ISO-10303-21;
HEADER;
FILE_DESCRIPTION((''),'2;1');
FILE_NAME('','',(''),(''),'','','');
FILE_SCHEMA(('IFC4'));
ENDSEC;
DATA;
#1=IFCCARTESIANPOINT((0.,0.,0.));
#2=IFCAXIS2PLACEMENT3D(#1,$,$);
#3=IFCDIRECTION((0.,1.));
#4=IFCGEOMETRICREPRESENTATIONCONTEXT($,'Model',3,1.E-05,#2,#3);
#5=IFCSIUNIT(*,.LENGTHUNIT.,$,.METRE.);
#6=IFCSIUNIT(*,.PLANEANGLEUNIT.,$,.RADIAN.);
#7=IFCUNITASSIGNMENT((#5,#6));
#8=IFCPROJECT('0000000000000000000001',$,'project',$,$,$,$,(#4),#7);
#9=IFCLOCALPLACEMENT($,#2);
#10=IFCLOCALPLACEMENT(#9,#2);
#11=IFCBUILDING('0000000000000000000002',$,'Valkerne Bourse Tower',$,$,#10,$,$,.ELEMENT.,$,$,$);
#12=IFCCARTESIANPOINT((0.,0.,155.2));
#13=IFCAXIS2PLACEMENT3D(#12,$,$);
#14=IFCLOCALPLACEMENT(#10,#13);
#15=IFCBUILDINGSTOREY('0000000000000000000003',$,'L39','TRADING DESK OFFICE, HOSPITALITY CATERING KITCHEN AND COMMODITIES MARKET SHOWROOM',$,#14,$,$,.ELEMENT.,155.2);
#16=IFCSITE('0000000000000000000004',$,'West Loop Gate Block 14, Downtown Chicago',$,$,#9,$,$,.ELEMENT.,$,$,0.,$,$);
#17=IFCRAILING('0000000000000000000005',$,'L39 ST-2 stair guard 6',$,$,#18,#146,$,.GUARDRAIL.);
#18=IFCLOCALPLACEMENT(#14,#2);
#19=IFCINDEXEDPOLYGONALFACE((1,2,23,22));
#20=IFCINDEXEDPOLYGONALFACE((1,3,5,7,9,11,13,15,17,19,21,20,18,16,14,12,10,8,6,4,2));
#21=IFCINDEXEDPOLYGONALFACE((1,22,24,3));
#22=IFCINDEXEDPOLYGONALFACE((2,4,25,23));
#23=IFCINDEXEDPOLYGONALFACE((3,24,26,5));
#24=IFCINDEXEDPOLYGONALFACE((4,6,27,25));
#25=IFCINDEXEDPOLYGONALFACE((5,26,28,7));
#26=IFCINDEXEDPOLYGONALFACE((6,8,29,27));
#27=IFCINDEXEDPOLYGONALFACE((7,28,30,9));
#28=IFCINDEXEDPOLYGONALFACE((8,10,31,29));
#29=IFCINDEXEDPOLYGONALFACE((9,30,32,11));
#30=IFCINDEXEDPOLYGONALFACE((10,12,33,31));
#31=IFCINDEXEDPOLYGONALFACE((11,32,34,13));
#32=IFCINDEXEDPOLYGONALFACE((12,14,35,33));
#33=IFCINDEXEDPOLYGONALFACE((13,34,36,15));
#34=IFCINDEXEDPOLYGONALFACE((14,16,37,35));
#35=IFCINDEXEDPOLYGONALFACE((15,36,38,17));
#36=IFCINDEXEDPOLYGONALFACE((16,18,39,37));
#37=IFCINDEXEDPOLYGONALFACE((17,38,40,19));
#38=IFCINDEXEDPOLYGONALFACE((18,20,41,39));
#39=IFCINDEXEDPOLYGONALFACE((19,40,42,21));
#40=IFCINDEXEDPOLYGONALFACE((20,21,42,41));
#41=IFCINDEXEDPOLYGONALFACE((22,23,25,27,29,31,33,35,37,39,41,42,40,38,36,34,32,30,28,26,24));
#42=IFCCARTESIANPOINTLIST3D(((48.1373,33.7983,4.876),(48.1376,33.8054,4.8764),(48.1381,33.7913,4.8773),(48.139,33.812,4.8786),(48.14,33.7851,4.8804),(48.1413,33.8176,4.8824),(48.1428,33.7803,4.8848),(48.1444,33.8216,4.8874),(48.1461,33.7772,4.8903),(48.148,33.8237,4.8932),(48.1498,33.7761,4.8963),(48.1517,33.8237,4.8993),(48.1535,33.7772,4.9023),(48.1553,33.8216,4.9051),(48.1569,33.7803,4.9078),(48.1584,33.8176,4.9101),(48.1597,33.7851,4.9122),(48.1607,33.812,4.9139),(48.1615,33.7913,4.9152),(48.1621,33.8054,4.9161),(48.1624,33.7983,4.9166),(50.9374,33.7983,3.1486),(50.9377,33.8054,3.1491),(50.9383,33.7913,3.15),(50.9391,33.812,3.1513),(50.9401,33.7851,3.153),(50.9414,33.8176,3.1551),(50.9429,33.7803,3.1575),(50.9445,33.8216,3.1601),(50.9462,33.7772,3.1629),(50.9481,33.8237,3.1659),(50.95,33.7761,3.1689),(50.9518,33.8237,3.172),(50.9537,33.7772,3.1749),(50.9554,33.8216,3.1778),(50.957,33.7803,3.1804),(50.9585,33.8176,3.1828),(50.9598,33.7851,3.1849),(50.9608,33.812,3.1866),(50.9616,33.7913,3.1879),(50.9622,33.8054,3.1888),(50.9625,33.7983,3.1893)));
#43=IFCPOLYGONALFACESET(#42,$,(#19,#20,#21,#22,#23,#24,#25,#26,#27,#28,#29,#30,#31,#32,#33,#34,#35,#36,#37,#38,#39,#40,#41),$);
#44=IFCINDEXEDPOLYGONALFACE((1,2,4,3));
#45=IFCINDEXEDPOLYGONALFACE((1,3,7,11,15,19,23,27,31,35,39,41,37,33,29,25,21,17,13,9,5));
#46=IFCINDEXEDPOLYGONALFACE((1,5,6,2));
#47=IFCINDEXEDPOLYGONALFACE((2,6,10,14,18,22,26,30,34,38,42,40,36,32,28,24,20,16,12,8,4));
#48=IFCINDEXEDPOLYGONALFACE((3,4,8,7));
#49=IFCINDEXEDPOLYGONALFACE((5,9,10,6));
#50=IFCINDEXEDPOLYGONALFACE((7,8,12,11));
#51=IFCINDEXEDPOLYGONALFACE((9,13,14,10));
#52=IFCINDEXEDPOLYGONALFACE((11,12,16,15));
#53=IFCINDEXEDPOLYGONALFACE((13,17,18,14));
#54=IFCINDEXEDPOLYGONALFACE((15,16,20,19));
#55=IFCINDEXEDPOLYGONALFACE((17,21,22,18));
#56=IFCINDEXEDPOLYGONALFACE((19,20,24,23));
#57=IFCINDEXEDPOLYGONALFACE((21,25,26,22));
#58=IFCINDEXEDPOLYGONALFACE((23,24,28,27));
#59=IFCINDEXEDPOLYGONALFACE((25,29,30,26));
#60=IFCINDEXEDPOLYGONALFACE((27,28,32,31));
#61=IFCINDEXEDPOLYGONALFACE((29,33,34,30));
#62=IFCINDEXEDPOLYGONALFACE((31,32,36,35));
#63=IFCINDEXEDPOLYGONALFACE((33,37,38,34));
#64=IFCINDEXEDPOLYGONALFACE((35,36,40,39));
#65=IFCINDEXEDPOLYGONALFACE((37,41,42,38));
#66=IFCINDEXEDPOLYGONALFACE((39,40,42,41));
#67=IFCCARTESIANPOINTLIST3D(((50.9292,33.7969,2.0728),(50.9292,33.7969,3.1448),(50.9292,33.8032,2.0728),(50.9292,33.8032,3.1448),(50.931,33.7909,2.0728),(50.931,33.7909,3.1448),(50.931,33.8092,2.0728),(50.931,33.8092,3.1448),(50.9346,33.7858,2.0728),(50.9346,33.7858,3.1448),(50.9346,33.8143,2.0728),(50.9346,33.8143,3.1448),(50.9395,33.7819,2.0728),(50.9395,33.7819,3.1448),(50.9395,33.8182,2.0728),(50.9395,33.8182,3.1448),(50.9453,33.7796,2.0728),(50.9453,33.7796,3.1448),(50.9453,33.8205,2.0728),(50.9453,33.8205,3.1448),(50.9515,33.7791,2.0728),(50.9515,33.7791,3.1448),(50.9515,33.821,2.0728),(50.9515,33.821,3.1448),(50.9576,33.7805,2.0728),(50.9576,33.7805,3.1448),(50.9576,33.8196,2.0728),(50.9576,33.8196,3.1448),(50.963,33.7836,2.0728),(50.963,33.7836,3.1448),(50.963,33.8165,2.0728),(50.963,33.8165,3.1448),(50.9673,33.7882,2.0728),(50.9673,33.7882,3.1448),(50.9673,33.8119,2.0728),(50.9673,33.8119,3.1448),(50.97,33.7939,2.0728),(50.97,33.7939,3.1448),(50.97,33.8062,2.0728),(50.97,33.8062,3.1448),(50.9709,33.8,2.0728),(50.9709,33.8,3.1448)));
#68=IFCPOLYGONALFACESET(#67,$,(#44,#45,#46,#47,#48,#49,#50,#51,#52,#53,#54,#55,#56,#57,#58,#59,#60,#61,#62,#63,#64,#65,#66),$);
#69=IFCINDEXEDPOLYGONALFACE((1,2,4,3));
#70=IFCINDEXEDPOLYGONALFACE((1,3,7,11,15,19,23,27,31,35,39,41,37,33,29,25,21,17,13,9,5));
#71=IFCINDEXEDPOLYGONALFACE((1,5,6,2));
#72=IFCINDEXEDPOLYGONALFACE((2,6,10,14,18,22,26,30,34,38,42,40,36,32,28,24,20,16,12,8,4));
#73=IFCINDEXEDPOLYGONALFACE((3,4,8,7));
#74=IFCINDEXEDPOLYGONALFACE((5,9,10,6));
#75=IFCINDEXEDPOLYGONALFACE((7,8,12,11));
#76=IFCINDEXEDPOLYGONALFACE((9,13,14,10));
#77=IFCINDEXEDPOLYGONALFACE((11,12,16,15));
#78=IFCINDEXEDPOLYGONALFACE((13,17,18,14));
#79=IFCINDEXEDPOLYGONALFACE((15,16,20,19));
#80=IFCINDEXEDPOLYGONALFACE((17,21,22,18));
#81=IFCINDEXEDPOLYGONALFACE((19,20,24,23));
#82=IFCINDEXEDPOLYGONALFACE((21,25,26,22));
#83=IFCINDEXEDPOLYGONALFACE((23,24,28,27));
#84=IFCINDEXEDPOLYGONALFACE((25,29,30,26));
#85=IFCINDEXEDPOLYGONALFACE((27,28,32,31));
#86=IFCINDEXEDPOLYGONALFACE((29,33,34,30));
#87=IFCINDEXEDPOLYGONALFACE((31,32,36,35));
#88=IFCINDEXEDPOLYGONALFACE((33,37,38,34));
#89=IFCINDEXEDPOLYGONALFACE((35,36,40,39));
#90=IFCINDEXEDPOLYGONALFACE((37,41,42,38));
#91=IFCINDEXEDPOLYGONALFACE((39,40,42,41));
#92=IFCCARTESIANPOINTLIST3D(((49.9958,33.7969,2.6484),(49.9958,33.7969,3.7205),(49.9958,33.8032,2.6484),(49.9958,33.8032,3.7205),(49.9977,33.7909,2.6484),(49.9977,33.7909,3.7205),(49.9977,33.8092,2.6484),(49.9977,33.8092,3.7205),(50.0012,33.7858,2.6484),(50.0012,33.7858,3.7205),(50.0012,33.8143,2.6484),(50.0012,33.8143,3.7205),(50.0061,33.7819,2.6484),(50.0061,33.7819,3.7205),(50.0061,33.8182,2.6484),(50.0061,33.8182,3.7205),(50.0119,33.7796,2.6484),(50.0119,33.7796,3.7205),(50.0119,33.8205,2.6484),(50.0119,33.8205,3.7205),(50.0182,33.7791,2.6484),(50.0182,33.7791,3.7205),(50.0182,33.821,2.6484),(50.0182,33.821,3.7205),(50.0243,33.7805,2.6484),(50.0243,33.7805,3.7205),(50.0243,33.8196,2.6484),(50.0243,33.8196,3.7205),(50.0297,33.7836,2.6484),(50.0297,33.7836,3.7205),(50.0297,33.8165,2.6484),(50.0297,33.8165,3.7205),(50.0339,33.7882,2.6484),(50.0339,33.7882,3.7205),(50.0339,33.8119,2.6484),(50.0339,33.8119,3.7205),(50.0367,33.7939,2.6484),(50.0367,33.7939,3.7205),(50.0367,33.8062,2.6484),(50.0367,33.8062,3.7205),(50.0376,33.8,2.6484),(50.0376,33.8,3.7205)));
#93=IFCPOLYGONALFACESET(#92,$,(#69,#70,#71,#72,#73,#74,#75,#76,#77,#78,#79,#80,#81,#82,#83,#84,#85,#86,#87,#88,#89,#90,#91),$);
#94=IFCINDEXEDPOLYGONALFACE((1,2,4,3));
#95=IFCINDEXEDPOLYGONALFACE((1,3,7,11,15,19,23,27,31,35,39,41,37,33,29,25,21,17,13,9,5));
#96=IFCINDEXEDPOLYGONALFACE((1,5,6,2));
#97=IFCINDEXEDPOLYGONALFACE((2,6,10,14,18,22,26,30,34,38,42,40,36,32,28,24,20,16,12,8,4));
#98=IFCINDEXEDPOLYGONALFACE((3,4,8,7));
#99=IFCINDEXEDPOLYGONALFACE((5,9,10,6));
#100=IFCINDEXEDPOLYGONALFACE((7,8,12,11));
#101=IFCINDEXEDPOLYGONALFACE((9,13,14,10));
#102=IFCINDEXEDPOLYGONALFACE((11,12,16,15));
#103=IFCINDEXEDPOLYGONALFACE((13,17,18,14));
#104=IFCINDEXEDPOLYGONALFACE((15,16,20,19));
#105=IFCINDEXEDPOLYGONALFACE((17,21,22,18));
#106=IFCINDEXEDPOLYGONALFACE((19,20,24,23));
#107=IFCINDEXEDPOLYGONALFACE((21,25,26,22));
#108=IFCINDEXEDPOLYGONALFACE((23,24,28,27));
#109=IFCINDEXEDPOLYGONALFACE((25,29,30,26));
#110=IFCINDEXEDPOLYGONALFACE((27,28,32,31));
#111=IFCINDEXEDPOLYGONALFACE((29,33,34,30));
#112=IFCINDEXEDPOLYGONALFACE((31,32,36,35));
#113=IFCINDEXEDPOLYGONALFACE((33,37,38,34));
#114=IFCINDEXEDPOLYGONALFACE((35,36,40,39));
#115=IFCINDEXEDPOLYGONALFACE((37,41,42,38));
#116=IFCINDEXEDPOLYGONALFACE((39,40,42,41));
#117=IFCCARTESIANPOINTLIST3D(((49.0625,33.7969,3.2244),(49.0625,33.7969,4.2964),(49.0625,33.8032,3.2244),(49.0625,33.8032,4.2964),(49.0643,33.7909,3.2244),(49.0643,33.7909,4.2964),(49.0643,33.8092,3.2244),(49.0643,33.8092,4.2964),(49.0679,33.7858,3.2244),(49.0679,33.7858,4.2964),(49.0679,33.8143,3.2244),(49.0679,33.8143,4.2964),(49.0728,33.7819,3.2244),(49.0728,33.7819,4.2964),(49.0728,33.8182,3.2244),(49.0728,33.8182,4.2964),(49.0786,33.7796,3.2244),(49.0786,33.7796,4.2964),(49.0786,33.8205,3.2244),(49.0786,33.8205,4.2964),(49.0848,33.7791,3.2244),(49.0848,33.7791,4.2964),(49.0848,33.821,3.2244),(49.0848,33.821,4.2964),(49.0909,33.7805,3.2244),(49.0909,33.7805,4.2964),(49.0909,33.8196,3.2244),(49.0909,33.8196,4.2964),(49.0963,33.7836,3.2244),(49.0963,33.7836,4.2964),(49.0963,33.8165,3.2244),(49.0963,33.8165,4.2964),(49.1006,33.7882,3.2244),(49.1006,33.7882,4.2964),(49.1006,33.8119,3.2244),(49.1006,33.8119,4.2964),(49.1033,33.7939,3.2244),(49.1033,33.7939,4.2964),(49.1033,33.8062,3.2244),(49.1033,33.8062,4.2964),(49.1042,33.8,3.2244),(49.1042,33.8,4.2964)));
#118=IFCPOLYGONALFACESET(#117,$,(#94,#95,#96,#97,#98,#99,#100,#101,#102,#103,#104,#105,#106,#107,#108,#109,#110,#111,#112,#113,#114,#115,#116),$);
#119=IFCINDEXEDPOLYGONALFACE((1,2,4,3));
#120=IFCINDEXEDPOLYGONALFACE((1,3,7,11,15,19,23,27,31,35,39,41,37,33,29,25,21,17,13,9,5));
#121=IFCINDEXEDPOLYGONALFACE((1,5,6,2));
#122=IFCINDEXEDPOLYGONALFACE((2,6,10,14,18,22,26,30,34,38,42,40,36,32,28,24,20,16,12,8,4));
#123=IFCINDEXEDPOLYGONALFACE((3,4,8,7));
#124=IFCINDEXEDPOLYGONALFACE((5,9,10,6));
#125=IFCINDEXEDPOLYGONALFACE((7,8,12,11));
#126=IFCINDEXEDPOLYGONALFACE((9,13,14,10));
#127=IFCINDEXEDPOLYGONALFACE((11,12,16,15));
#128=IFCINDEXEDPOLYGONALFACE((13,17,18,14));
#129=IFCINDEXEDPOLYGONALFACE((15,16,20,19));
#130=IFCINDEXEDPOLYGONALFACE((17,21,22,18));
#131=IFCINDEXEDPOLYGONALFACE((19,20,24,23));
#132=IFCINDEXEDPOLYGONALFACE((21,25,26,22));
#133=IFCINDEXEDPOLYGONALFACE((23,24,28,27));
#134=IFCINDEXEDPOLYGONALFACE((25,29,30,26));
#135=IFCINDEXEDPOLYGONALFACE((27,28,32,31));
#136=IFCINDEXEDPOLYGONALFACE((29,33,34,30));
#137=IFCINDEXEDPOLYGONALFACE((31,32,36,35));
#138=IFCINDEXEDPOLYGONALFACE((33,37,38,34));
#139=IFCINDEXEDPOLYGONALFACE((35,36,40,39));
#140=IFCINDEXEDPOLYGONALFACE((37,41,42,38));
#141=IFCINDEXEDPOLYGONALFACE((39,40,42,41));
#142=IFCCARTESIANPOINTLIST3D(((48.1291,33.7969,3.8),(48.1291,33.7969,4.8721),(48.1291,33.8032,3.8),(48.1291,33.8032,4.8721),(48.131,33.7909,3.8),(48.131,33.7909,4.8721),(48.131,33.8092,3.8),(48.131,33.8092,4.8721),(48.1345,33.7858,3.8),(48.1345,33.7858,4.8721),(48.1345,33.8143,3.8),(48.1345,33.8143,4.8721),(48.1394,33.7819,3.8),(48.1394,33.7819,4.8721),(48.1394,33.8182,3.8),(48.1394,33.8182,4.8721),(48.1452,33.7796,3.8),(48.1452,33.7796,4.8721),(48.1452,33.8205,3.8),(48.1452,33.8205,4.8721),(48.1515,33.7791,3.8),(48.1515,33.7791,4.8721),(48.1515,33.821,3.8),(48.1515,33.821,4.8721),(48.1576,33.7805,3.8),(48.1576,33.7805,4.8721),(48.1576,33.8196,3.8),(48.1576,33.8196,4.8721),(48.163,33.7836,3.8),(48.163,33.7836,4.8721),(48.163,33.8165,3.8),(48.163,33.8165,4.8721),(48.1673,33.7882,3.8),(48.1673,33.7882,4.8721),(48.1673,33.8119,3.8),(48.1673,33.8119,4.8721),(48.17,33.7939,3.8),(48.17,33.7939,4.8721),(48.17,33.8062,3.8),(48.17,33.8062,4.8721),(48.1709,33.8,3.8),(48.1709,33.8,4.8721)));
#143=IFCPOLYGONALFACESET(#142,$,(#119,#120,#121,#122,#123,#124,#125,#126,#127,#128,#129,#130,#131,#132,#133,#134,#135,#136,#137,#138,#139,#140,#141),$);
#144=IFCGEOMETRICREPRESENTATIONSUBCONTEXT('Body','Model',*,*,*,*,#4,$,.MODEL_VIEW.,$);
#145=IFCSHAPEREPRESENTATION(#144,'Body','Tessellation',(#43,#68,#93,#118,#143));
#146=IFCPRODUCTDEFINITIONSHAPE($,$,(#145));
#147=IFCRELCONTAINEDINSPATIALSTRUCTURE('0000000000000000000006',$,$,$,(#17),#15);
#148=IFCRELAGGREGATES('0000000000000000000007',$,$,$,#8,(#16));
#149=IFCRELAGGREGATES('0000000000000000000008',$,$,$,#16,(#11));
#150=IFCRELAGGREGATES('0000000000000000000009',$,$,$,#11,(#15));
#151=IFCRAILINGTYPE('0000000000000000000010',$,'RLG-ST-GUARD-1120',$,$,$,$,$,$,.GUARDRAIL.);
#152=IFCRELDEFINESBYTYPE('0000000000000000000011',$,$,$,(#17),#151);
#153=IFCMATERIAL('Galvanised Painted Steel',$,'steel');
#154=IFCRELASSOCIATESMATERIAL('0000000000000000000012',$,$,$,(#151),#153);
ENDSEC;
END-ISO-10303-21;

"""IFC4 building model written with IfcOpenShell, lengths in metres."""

from ifc_helpers import new_model, si_unit, direction, frame, origin, origin_2d, place, context, subcontext, project, spatial, circle, extrude, material, type_object, element, save


model = new_model("IFC4")

# Units and contexts
model_context = context("Model", 3, precision=1e-05, world=origin(), true_north=direction((0.0, 1.0)))
body_context = subcontext(model_context, "Body", "Model", "MODEL_VIEW")
ifc_project = project(units=[si_unit("LENGTHUNIT", "METRE"), si_unit("PLANEANGLEUNIT", "RADIAN")], contexts=[model_context])

# Site, building, storey
site_placement = place(None, origin())
site = spatial("IfcSite", under=ifc_project, at=site_placement, Name="West Loop Gate Block 14, Downtown Chicago", CompositionType="ELEMENT", RefElevation=0.0)
building_placement = place(site_placement, origin())
building = spatial("IfcBuilding", under=site, at=building_placement, Name="Valkerne Bourse Tower", CompositionType="ELEMENT")
storey_placement = place(building_placement, frame((0.0, 0.0, 155.2)))
storey = spatial("IfcBuildingStorey", under=building, at=storey_placement, Name="L39", Description="TRADING DESK OFFICE, HOSPITALITY CATERING KITCHEN AND COMMODITIES MARKET SHOWROOM", CompositionType="ELEMENT", Elevation=155.2)

# Shared definitions
ifc_material_1 = material(Name="Galvanised Painted Steel", Category="steel")

# Railing
railing_type_1 = type_object("IfcRailingType", Name="RLG-ST-GUARD-1120", PredefinedType="GUARDRAIL", material=ifc_material_1)
railing_1_placement = place(storey_placement, frame((50.95, 33.8, 2.0728)))
element("IfcRailing", 1, at=railing_1_placement, inside=storey, type_object=railing_type_1, Name="L39 ST-2 stair guard 6", PredefinedType="GUARDRAIL", context=body_context, shape_type="SweptSolid", body=[
    extrude(circle(Radius=0.0239, at=origin_2d()), frame((0.0, 0.0, 1.0962), z_axis=(-0.85109, 0.0, 0.52502), x_axis=(0.0, -1.0, 0.0)), (0.0, 0.0, 1.0), 3.29),
    extrude(circle(Radius=0.021, at=origin_2d()), origin(), (0.0, 0.0, 1.0), 1.072),
    extrude(circle(Radius=0.021, at=origin_2d()), frame((-0.9333, 0.0, 0.5757)), (0.0, 0.0, 1.0), 1.072),
    extrude(circle(Radius=0.021, at=origin_2d()), frame((-1.8667, 0.0, 1.1516)), (0.0, 0.0, 1.0), 1.072),
    extrude(circle(Radius=0.021, at=origin_2d()), frame((-2.8, 0.0, 1.7273)), (0.0, 0.0, 1.0), 1.072),
])

save(model, "model.ifc")
